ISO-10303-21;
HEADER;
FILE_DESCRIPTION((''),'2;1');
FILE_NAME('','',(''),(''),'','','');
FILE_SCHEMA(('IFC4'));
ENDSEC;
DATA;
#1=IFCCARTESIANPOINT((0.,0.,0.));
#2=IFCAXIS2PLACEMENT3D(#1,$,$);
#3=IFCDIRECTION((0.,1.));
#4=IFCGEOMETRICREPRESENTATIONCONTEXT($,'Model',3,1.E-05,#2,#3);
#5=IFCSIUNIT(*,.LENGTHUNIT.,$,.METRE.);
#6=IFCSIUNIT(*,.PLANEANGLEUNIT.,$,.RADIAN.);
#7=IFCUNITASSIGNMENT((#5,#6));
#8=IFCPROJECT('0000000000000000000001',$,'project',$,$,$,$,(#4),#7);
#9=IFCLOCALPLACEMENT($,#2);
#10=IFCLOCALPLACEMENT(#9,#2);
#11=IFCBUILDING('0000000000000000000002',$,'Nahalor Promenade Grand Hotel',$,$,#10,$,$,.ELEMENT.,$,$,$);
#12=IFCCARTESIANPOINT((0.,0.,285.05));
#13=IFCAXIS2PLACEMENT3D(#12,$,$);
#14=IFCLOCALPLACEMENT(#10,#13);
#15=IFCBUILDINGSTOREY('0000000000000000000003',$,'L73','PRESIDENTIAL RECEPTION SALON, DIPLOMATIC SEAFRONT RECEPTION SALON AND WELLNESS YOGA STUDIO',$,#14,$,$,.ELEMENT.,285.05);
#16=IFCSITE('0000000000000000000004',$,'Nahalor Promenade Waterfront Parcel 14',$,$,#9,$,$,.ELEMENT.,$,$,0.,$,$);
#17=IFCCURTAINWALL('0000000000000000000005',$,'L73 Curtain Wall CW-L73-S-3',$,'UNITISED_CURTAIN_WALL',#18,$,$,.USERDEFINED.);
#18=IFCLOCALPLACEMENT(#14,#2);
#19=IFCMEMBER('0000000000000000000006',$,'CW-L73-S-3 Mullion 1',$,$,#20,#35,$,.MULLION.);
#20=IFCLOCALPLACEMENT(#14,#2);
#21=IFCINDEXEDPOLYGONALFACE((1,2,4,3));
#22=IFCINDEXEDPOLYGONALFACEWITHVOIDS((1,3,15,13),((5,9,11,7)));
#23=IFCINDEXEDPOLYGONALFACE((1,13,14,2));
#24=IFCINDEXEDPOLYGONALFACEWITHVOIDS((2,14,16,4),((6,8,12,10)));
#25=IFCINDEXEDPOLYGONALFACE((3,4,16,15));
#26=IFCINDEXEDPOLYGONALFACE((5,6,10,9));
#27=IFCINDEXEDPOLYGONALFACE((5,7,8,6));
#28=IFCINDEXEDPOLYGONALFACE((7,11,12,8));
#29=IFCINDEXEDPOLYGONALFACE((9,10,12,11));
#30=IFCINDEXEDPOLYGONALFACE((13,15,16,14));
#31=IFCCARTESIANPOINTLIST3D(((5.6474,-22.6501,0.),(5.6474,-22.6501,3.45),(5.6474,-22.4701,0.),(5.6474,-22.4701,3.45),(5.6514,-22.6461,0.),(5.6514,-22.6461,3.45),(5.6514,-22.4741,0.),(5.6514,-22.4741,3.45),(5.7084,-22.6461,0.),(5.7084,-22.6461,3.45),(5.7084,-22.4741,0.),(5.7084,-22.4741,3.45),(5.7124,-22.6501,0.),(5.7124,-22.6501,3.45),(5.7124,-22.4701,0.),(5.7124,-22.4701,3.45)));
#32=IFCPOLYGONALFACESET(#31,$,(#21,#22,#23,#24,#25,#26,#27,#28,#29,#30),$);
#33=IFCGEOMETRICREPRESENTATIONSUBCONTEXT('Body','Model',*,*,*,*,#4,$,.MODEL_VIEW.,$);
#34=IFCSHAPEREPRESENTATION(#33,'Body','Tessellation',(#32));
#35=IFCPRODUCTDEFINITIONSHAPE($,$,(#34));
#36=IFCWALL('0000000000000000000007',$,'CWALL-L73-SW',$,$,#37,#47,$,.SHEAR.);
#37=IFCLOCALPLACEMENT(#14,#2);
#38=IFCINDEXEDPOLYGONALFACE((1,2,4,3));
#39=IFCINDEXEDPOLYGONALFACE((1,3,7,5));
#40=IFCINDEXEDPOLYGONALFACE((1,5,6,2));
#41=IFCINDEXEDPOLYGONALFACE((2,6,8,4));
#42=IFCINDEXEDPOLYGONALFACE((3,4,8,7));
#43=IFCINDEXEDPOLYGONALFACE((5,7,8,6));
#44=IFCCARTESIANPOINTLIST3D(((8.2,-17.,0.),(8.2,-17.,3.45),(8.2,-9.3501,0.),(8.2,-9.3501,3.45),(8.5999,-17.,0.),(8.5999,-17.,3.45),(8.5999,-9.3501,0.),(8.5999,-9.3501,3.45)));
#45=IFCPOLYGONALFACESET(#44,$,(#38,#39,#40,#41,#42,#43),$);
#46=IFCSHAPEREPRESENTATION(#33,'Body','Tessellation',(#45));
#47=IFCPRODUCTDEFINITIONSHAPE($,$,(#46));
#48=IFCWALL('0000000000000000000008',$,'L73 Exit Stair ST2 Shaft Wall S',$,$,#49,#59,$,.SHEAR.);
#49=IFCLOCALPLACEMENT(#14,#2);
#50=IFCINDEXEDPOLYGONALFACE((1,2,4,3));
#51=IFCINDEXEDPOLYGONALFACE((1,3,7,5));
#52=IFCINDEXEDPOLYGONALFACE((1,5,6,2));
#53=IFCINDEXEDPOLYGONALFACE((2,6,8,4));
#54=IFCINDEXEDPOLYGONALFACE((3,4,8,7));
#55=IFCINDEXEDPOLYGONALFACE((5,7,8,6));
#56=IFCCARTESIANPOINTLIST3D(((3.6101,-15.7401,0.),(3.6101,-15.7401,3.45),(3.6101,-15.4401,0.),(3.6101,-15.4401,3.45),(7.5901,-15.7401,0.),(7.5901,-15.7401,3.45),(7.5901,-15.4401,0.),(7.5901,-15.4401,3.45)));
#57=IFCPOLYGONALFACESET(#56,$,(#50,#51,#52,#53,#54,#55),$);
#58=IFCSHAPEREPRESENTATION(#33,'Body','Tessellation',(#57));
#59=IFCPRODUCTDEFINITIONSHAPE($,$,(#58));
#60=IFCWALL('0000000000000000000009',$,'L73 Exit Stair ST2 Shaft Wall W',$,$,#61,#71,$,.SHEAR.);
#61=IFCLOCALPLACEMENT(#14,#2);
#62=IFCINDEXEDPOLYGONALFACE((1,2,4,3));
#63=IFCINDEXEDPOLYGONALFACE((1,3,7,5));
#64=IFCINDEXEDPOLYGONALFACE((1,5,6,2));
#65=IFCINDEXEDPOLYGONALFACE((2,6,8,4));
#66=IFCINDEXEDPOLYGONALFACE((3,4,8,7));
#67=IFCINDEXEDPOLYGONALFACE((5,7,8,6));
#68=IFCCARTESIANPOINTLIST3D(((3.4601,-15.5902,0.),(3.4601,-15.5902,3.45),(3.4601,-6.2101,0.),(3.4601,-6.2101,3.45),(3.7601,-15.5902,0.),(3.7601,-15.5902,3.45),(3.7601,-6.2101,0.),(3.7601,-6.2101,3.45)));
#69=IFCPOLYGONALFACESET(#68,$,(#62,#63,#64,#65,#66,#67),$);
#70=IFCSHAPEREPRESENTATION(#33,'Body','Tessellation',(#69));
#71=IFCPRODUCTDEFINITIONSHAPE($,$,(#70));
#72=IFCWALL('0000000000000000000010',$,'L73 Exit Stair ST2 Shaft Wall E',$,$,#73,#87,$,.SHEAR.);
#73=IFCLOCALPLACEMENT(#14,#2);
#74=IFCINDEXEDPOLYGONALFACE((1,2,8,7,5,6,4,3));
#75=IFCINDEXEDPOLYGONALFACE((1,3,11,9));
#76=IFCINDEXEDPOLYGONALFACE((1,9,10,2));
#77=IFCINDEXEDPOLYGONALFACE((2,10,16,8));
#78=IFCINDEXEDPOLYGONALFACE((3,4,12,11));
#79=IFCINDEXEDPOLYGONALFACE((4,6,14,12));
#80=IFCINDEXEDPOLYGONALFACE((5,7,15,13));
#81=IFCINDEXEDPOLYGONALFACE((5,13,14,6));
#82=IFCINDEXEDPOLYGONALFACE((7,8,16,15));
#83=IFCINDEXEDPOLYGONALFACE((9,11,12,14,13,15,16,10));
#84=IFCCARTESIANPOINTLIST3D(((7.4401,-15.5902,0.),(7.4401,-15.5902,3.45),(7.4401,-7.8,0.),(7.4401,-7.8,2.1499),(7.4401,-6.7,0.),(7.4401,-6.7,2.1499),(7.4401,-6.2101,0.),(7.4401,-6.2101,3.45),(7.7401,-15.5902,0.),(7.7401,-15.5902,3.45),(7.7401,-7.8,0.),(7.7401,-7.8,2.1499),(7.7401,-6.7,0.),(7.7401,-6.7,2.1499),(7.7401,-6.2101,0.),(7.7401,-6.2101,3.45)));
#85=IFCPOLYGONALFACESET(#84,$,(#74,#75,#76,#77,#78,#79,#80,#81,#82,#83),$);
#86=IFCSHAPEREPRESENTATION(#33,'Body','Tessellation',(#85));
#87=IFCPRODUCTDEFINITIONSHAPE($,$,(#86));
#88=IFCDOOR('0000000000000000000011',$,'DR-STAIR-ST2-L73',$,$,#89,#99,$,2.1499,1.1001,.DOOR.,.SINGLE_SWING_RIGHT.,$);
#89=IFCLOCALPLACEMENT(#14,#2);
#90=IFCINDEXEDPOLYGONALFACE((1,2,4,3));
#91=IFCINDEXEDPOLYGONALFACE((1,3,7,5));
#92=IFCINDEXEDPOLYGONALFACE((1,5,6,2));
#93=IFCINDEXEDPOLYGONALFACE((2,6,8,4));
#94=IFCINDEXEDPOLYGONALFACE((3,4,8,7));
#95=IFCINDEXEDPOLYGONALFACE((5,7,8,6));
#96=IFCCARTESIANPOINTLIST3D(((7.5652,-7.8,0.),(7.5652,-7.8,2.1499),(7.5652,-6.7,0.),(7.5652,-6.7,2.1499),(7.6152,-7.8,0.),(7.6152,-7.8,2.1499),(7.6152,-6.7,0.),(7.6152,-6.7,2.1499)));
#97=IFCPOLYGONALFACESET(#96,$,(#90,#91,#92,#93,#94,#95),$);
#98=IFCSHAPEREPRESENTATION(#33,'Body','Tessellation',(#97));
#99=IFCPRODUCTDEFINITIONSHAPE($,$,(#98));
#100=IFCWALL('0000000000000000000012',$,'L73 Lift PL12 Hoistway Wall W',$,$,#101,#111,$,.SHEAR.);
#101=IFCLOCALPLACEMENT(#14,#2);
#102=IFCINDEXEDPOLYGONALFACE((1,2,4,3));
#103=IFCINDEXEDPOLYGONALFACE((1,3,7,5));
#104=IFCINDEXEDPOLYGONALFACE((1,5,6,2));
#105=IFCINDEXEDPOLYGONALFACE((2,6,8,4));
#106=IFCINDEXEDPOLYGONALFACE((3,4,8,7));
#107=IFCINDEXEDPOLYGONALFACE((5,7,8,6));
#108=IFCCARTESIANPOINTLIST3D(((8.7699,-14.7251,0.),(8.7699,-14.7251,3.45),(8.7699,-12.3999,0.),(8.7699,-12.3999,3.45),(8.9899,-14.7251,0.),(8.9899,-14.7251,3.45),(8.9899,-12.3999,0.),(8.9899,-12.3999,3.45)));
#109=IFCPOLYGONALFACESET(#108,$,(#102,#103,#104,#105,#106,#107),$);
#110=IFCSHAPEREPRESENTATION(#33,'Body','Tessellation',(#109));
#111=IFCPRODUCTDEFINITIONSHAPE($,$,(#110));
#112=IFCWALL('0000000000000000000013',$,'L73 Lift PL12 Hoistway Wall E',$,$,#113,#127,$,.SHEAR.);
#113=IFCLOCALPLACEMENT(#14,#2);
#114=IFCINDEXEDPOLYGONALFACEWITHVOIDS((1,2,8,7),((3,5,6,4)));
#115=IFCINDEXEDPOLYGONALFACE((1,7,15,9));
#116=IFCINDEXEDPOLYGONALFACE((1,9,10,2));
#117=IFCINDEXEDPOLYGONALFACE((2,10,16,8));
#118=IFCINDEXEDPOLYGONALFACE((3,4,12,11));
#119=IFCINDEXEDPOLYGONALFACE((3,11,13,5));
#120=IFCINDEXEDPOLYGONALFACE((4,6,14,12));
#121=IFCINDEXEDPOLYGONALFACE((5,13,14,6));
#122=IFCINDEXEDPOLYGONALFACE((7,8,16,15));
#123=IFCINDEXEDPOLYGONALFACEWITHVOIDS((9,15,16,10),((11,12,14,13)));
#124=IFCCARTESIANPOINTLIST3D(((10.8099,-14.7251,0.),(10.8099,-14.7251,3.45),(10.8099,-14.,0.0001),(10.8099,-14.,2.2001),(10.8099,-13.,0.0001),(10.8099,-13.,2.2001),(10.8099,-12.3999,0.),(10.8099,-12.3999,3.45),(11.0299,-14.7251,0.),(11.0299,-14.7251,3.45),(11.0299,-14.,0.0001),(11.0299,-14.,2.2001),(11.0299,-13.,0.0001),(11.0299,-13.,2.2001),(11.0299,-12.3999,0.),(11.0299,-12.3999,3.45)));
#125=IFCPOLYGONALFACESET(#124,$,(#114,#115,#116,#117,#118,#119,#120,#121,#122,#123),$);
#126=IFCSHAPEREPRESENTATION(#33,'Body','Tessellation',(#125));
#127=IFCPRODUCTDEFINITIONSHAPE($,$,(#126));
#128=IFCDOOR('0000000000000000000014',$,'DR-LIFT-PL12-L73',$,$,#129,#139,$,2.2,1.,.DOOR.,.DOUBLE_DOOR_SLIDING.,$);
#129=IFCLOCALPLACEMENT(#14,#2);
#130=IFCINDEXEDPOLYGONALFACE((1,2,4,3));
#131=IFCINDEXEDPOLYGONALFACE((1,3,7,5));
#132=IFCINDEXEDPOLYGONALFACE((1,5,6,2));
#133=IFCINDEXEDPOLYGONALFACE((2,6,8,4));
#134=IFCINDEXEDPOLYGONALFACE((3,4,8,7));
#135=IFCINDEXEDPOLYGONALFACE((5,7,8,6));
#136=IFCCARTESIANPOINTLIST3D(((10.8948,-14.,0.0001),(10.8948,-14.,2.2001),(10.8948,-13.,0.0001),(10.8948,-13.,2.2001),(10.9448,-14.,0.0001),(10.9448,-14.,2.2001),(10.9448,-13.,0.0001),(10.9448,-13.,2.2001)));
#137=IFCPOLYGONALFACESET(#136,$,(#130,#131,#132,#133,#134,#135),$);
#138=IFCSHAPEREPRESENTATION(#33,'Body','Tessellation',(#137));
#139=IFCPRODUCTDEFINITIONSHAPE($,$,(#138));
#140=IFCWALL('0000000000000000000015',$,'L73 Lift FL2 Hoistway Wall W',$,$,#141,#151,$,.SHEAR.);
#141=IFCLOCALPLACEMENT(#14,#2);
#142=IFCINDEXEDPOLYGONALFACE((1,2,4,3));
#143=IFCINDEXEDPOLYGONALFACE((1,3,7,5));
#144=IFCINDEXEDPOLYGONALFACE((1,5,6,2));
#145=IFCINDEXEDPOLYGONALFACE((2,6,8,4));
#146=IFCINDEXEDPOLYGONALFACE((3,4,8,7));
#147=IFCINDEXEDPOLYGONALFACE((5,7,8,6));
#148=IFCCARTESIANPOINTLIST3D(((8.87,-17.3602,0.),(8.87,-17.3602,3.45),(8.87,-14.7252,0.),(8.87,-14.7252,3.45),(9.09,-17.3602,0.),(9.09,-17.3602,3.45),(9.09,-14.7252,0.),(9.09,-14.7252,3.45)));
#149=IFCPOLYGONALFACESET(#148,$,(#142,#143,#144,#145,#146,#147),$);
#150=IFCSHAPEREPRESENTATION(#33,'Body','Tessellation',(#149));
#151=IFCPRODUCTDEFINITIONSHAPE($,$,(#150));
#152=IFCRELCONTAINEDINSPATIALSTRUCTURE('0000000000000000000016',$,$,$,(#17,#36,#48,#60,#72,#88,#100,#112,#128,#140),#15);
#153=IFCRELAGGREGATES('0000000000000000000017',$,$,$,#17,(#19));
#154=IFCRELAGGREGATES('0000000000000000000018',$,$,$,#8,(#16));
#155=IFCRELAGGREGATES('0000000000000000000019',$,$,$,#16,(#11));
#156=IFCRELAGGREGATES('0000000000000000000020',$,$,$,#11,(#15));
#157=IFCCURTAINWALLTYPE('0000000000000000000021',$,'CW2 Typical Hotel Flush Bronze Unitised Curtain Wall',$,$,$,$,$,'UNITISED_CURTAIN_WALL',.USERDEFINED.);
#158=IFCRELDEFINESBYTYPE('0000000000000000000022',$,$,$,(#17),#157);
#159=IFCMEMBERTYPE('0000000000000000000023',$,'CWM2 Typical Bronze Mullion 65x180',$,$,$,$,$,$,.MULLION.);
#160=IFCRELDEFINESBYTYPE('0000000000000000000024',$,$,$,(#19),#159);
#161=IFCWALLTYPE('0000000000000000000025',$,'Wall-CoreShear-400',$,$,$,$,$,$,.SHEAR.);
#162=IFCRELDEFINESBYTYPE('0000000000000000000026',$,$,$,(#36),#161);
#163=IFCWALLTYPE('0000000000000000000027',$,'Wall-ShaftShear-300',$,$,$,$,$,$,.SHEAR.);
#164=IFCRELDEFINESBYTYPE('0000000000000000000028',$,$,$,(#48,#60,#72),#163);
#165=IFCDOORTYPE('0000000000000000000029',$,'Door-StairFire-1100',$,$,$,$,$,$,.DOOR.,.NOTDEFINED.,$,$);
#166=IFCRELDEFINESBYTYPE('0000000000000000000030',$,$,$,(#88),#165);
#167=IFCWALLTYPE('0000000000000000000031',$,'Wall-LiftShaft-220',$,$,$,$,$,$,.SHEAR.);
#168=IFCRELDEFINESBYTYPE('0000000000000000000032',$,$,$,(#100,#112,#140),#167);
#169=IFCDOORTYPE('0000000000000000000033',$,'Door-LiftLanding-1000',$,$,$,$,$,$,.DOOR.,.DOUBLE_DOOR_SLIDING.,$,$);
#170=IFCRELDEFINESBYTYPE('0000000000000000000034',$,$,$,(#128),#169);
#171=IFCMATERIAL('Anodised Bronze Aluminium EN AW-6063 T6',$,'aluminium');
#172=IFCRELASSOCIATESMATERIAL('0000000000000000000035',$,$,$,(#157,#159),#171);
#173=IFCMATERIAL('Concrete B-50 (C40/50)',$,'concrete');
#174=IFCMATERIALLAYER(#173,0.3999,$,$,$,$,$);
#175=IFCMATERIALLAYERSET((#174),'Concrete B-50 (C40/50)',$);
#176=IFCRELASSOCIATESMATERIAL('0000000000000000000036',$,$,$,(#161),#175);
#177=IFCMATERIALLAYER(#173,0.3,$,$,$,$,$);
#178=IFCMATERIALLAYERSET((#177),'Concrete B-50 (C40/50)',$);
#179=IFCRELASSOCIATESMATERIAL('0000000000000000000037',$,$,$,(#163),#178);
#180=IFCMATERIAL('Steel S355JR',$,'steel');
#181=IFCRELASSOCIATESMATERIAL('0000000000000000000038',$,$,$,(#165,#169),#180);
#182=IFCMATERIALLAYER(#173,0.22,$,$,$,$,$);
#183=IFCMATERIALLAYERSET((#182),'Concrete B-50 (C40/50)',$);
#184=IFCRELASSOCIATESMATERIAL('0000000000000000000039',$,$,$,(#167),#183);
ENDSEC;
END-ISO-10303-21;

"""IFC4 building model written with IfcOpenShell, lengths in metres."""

from ifc_helpers import new_model, si_unit, direction, frame, frame_2d, origin, origin_2d, place, context, subcontext, project, spatial, rectangle, hollow_rectangle, extrude, source, transform, mapped, material, layer, layer_set, material_profile, profile_set, type_object, element, fill, aggregate, save


model = new_model("IFC4")

# Units and contexts
model_context = context("Model", 3, precision=1e-05, world=origin(), true_north=direction((0.0, 1.0)))
body_context = subcontext(model_context, "Body", "Model", "MODEL_VIEW")
ifc_project = project(units=[si_unit("LENGTHUNIT", "METRE"), si_unit("PLANEANGLEUNIT", "RADIAN")], contexts=[model_context])

# Site, building, storey
site_placement = place(None, origin())
site = spatial("IfcSite", under=ifc_project, at=site_placement, Name="Nahalor Promenade Waterfront Parcel 14", CompositionType="ELEMENT", RefElevation=0.0)
building_placement = place(site_placement, origin())
building = spatial("IfcBuilding", under=site, at=building_placement, Name="Nahalor Promenade Grand Hotel", CompositionType="ELEMENT")
storey_placement = place(building_placement, frame((0.0, 0.0, 285.05)))
storey = spatial("IfcBuildingStorey", under=building, at=storey_placement, Name="L73", Description="PRESIDENTIAL RECEPTION SALON, DIPLOMATIC SEAFRONT RECEPTION SALON AND WELLNESS YOGA STUDIO", CompositionType="ELEMENT", Elevation=285.05)

# Shared definitions
ifc_material_1 = material(Name="Concrete B-50 (C40/50)", Category="concrete")
ifc_material_2 = material(Name="Steel S355JR", Category="steel")

# Curtain wall, member
ifc_material_3 = material(Name="Anodised Bronze Aluminium EN AW-6063 T6", Category="aluminium")
curtain_wall_type = type_object("IfcCurtainWallType", Name="CW2 Typical Hotel Flush Bronze Unitised Curtain Wall", ElementType="UNITISED_CURTAIN_WALL", PredefinedType="USERDEFINED", material=ifc_material_3)
curtain_wall_placement = place(storey_placement, origin())
curtain_wall = element("IfcCurtainWall", 1, at=curtain_wall_placement, inside=storey, type_object=curtain_wall_type, Name="L73 Curtain Wall CW-L73-S-3", ObjectType="UNITISED_CURTAIN_WALL", PredefinedType="USERDEFINED")
ifc_material_profile_1 = material_profile(ifc_material_3, hollow_rectangle(XDim=0.065, YDim=0.18, WallThickness=0.004, at=origin_2d()), Name="CWM 65x180x4")
ifc_profile_set_1 = profile_set([ifc_material_profile_1], Name="Anodised Bronze Aluminium EN AW-6063 T6")
member_type_1 = type_object("IfcMemberType", Name="CWM2 Typical Bronze Mullion 65x180", PredefinedType="MULLION", material=ifc_profile_set_1)
shared_shape_1 = source(origin(), body_context, "Body", "SweptSolid", [
    extrude(hollow_rectangle(XDim=0.065, YDim=0.18, WallThickness=0.004, at=origin_2d()), origin(), (0.0, 0.0, 1.0), 3.45),
])
member_1_placement = place(storey_placement, frame((5.6799, -22.5601, 0.0), z_axis=(0.0, 0.0, 1.0), x_axis=(1.0, 0.0, 0.0)))
member_1 = element("IfcMember", 2, at=member_1_placement, type_object=member_type_1, Name="CW-L73-S-3 Mullion 1", PredefinedType="MULLION", context=body_context, shape_type="MappedRepresentation", body=[
    mapped(shared_shape_1, transform((0.0, 0.0, 0.0), scale=1.0)),
])
aggregate(curtain_wall, [member_1])

# Walls
ifc_layer_1 = layer(ifc_material_1, 0.3999)
ifc_layer_set_1 = layer_set([ifc_layer_1], Name="Concrete B-50 (C40/50)")
wall_type_1 = type_object("IfcWallType", Name="Wall-CoreShear-400", PredefinedType="SHEAR", material=ifc_layer_set_1)
shared_shape_2 = source(origin(), body_context, "Body", "SweptSolid", [
    extrude(rectangle(XDim=7.6499, YDim=0.3999, at=frame_2d((3.825, 0.0))), origin(), (0.0, 0.0, 1.0), 3.45),
])
wall_1_placement = place(storey_placement, frame((8.3999, -17.0, 0.0), z_axis=(0.0, 0.0, 1.0), x_axis=(0.0, 1.0, 0.0)))
element("IfcWall", 3, at=wall_1_placement, inside=storey, type_object=wall_type_1, Name="CWALL-L73-SW", PredefinedType="SHEAR", context=body_context, shape_type="MappedRepresentation", body=[
    mapped(shared_shape_2, transform((0.0, 0.0, 0.0), scale=1.0)),
])
ifc_layer_2 = layer(ifc_material_1, 0.3)
ifc_layer_set_2 = layer_set([ifc_layer_2], Name="Concrete B-50 (C40/50)")
wall_type_2 = type_object("IfcWallType", Name="Wall-ShaftShear-300", PredefinedType="SHEAR", material=ifc_layer_set_2)
shared_shape_3 = source(origin(), body_context, "Body", "SweptSolid", [
    extrude(rectangle(XDim=3.98, YDim=0.3, at=frame_2d((1.99, 0.0))), origin(), (0.0, 0.0, 1.0), 3.45),
])
wall_2_placement = place(storey_placement, frame((3.6101, -15.5901, 0.0), z_axis=(0.0, 0.0, 1.0), x_axis=(1.0, 0.0, 0.0)))
element("IfcWall", 4, at=wall_2_placement, inside=storey, type_object=wall_type_2, Name="L73 Exit Stair ST2 Shaft Wall S", PredefinedType="SHEAR", context=body_context, shape_type="MappedRepresentation", body=[
    mapped(shared_shape_3, transform((0.0, 0.0, 0.0), scale=1.0)),
])
shared_shape_4 = source(origin(), body_context, "Body", "SweptSolid", [
    extrude(rectangle(XDim=9.3801, YDim=0.3, at=frame_2d((4.6899, 0.0))), origin(), (0.0, 0.0, 1.0), 3.45),
])
wall_3_placement = place(storey_placement, frame((3.6101, -15.5901, 0.0), z_axis=(0.0, 0.0, 1.0), x_axis=(0.0, 1.0, 0.0)))
element("IfcWall", 5, at=wall_3_placement, inside=storey, type_object=wall_type_2, Name="L73 Exit Stair ST2 Shaft Wall W", PredefinedType="SHEAR", context=body_context, shape_type="MappedRepresentation", body=[
    mapped(shared_shape_4, transform((0.0, 0.0, 0.0), scale=1.0)),
])

# Wall, opening, door
wall_4_placement = place(storey_placement, frame((7.5901, -15.5901, 0.0), z_axis=(0.0, 0.0, 1.0), x_axis=(0.0, 1.0, 0.0)))
wall_4 = element("IfcWall", 6, at=wall_4_placement, inside=storey, type_object=wall_type_2, Name="L73 Exit Stair ST2 Shaft Wall E", PredefinedType="SHEAR", context=body_context, shape_type="MappedRepresentation", body=[
    mapped(shared_shape_4, transform((0.0, 0.0, 0.0), scale=1.0)),
])
opening_1_placement = place(wall_4_placement, frame((7.79, 0.0, 0.0)))
opening_1 = element("IfcOpeningElement", 7, at=opening_1_placement, cuts=wall_4, PredefinedType="OPENING", context=body_context, shape_type="SweptSolid", body=[
    extrude(rectangle(XDim=1.1001, YDim=2.1499, at=frame_2d((0.55, 1.075))), frame((0.0, 0.1599, 0.0), z_axis=(0.0, -1.0, 0.0), x_axis=(1.0, 0.0, 0.0)), (0.0, 0.0, 1.0), 0.3201),
])
door_type_1 = type_object("IfcDoorType", Name="Door-StairFire-1100", OperationType="NOTDEFINED", PredefinedType="DOOR", material=ifc_material_2)
shared_shape_5 = source(origin(), body_context, "Body", "SweptSolid", [
    extrude(rectangle(XDim=1.1001, YDim=2.1499, at=frame_2d((0.55, 1.075))), frame((0.0, 0.0249, 0.0), z_axis=(0.0, -1.0, 0.0), x_axis=(1.0, 0.0, 0.0)), (0.0, 0.0, 1.0), 0.05),
])
door_1_placement = place(opening_1_placement, origin())
door_1 = element("IfcDoor", 8, at=door_1_placement, inside=storey, type_object=door_type_1, Name="DR-STAIR-ST2-L73", OperationType="SINGLE_SWING_RIGHT", OverallHeight=2.1499, OverallWidth=1.1001, PredefinedType="DOOR", context=body_context, shape_type="MappedRepresentation", body=[
    mapped(shared_shape_5, transform((0.0, 0.0, 0.0), scale=1.0)),
])
fill(opening_1, door_1)

# Wall
ifc_layer_3 = layer(ifc_material_1, 0.22)
ifc_layer_set_3 = layer_set([ifc_layer_3], Name="Concrete B-50 (C40/50)")
wall_type_3 = type_object("IfcWallType", Name="Wall-LiftShaft-220", PredefinedType="SHEAR", material=ifc_layer_set_3)
shared_shape_6 = source(origin(), body_context, "Body", "SweptSolid", [
    extrude(rectangle(XDim=2.3252, YDim=0.22, at=frame_2d((1.1626, 0.0))), origin(), (0.0, 0.0, 1.0), 3.45),
])
wall_5_placement = place(storey_placement, frame((8.8799, -14.7251, 0.0), z_axis=(0.0, 0.0, 1.0), x_axis=(0.0, 1.0, 0.0)))
element("IfcWall", 9, at=wall_5_placement, inside=storey, type_object=wall_type_3, Name="L73 Lift PL12 Hoistway Wall W", PredefinedType="SHEAR", context=body_context, shape_type="MappedRepresentation", body=[
    mapped(shared_shape_6, transform((0.0, 0.0, 0.0), scale=1.0)),
])

# Wall, opening, door
wall_6_placement = place(storey_placement, frame((10.9199, -14.7251, 0.0), z_axis=(0.0, 0.0, 1.0), x_axis=(0.0, 1.0, 0.0)))
wall_6 = element("IfcWall", 10, at=wall_6_placement, inside=storey, type_object=wall_type_3, Name="L73 Lift PL12 Hoistway Wall E", PredefinedType="SHEAR", context=body_context, shape_type="MappedRepresentation", body=[
    mapped(shared_shape_6, transform((0.0, 0.0, 0.0), scale=1.0)),
])
opening_2_placement = place(wall_6_placement, frame((0.7251, 0.0, 0.0)))
opening_2 = element("IfcOpeningElement", 11, at=opening_2_placement, cuts=wall_6, PredefinedType="OPENING", context=body_context, shape_type="SweptSolid", body=[
    extrude(rectangle(XDim=1.0, YDim=2.2, at=frame_2d((0.5, 1.1001))), frame((0.0, 0.1199, 0.0), z_axis=(0.0, -1.0, 0.0), x_axis=(1.0, 0.0, 0.0)), (0.0, 0.0, 1.0), 0.24),
])
door_type_2 = type_object("IfcDoorType", Name="Door-LiftLanding-1000", OperationType="DOUBLE_DOOR_SLIDING", PredefinedType="DOOR", material=ifc_material_2)
shared_shape_7 = source(origin(), body_context, "Body", "SweptSolid", [
    extrude(rectangle(XDim=1.0, YDim=2.2, at=frame_2d((0.5, 1.1001))), frame((0.0, 0.0249, 0.0), z_axis=(0.0, -1.0, 0.0), x_axis=(1.0, 0.0, 0.0)), (0.0, 0.0, 1.0), 0.05),
])
door_2_placement = place(opening_2_placement, frame((1.0, 0.0, 0.0), z_axis=(0.0, 0.0, 1.0), x_axis=(-1.0, 0.0, 0.0)))
door_2 = element("IfcDoor", 12, at=door_2_placement, inside=storey, type_object=door_type_2, Name="DR-LIFT-PL12-L73", OperationType="DOUBLE_DOOR_SLIDING", OverallHeight=2.2, OverallWidth=1.0, PredefinedType="DOOR", context=body_context, shape_type="MappedRepresentation", body=[
    mapped(shared_shape_7, transform((0.0, 0.0, 0.0), scale=1.0)),
])
fill(opening_2, door_2)

# Wall
shared_shape_8 = source(origin(), body_context, "Body", "SweptSolid", [
    extrude(rectangle(XDim=2.635, YDim=0.22, at=frame_2d((1.3174, 0.0))), origin(), (0.0, 0.0, 1.0), 3.45),
])
wall_7_placement = place(storey_placement, frame((8.98, -17.3601, 0.0), z_axis=(0.0, 0.0, 1.0), x_axis=(0.0, 1.0, 0.0)))
element("IfcWall", 13, at=wall_7_placement, inside=storey, type_object=wall_type_3, Name="L73 Lift FL2 Hoistway Wall W", PredefinedType="SHEAR", context=body_context, shape_type="MappedRepresentation", body=[
    mapped(shared_shape_8, transform((0.0, 0.0, 0.0), scale=1.0)),
])

save(model, "model.ifc")
